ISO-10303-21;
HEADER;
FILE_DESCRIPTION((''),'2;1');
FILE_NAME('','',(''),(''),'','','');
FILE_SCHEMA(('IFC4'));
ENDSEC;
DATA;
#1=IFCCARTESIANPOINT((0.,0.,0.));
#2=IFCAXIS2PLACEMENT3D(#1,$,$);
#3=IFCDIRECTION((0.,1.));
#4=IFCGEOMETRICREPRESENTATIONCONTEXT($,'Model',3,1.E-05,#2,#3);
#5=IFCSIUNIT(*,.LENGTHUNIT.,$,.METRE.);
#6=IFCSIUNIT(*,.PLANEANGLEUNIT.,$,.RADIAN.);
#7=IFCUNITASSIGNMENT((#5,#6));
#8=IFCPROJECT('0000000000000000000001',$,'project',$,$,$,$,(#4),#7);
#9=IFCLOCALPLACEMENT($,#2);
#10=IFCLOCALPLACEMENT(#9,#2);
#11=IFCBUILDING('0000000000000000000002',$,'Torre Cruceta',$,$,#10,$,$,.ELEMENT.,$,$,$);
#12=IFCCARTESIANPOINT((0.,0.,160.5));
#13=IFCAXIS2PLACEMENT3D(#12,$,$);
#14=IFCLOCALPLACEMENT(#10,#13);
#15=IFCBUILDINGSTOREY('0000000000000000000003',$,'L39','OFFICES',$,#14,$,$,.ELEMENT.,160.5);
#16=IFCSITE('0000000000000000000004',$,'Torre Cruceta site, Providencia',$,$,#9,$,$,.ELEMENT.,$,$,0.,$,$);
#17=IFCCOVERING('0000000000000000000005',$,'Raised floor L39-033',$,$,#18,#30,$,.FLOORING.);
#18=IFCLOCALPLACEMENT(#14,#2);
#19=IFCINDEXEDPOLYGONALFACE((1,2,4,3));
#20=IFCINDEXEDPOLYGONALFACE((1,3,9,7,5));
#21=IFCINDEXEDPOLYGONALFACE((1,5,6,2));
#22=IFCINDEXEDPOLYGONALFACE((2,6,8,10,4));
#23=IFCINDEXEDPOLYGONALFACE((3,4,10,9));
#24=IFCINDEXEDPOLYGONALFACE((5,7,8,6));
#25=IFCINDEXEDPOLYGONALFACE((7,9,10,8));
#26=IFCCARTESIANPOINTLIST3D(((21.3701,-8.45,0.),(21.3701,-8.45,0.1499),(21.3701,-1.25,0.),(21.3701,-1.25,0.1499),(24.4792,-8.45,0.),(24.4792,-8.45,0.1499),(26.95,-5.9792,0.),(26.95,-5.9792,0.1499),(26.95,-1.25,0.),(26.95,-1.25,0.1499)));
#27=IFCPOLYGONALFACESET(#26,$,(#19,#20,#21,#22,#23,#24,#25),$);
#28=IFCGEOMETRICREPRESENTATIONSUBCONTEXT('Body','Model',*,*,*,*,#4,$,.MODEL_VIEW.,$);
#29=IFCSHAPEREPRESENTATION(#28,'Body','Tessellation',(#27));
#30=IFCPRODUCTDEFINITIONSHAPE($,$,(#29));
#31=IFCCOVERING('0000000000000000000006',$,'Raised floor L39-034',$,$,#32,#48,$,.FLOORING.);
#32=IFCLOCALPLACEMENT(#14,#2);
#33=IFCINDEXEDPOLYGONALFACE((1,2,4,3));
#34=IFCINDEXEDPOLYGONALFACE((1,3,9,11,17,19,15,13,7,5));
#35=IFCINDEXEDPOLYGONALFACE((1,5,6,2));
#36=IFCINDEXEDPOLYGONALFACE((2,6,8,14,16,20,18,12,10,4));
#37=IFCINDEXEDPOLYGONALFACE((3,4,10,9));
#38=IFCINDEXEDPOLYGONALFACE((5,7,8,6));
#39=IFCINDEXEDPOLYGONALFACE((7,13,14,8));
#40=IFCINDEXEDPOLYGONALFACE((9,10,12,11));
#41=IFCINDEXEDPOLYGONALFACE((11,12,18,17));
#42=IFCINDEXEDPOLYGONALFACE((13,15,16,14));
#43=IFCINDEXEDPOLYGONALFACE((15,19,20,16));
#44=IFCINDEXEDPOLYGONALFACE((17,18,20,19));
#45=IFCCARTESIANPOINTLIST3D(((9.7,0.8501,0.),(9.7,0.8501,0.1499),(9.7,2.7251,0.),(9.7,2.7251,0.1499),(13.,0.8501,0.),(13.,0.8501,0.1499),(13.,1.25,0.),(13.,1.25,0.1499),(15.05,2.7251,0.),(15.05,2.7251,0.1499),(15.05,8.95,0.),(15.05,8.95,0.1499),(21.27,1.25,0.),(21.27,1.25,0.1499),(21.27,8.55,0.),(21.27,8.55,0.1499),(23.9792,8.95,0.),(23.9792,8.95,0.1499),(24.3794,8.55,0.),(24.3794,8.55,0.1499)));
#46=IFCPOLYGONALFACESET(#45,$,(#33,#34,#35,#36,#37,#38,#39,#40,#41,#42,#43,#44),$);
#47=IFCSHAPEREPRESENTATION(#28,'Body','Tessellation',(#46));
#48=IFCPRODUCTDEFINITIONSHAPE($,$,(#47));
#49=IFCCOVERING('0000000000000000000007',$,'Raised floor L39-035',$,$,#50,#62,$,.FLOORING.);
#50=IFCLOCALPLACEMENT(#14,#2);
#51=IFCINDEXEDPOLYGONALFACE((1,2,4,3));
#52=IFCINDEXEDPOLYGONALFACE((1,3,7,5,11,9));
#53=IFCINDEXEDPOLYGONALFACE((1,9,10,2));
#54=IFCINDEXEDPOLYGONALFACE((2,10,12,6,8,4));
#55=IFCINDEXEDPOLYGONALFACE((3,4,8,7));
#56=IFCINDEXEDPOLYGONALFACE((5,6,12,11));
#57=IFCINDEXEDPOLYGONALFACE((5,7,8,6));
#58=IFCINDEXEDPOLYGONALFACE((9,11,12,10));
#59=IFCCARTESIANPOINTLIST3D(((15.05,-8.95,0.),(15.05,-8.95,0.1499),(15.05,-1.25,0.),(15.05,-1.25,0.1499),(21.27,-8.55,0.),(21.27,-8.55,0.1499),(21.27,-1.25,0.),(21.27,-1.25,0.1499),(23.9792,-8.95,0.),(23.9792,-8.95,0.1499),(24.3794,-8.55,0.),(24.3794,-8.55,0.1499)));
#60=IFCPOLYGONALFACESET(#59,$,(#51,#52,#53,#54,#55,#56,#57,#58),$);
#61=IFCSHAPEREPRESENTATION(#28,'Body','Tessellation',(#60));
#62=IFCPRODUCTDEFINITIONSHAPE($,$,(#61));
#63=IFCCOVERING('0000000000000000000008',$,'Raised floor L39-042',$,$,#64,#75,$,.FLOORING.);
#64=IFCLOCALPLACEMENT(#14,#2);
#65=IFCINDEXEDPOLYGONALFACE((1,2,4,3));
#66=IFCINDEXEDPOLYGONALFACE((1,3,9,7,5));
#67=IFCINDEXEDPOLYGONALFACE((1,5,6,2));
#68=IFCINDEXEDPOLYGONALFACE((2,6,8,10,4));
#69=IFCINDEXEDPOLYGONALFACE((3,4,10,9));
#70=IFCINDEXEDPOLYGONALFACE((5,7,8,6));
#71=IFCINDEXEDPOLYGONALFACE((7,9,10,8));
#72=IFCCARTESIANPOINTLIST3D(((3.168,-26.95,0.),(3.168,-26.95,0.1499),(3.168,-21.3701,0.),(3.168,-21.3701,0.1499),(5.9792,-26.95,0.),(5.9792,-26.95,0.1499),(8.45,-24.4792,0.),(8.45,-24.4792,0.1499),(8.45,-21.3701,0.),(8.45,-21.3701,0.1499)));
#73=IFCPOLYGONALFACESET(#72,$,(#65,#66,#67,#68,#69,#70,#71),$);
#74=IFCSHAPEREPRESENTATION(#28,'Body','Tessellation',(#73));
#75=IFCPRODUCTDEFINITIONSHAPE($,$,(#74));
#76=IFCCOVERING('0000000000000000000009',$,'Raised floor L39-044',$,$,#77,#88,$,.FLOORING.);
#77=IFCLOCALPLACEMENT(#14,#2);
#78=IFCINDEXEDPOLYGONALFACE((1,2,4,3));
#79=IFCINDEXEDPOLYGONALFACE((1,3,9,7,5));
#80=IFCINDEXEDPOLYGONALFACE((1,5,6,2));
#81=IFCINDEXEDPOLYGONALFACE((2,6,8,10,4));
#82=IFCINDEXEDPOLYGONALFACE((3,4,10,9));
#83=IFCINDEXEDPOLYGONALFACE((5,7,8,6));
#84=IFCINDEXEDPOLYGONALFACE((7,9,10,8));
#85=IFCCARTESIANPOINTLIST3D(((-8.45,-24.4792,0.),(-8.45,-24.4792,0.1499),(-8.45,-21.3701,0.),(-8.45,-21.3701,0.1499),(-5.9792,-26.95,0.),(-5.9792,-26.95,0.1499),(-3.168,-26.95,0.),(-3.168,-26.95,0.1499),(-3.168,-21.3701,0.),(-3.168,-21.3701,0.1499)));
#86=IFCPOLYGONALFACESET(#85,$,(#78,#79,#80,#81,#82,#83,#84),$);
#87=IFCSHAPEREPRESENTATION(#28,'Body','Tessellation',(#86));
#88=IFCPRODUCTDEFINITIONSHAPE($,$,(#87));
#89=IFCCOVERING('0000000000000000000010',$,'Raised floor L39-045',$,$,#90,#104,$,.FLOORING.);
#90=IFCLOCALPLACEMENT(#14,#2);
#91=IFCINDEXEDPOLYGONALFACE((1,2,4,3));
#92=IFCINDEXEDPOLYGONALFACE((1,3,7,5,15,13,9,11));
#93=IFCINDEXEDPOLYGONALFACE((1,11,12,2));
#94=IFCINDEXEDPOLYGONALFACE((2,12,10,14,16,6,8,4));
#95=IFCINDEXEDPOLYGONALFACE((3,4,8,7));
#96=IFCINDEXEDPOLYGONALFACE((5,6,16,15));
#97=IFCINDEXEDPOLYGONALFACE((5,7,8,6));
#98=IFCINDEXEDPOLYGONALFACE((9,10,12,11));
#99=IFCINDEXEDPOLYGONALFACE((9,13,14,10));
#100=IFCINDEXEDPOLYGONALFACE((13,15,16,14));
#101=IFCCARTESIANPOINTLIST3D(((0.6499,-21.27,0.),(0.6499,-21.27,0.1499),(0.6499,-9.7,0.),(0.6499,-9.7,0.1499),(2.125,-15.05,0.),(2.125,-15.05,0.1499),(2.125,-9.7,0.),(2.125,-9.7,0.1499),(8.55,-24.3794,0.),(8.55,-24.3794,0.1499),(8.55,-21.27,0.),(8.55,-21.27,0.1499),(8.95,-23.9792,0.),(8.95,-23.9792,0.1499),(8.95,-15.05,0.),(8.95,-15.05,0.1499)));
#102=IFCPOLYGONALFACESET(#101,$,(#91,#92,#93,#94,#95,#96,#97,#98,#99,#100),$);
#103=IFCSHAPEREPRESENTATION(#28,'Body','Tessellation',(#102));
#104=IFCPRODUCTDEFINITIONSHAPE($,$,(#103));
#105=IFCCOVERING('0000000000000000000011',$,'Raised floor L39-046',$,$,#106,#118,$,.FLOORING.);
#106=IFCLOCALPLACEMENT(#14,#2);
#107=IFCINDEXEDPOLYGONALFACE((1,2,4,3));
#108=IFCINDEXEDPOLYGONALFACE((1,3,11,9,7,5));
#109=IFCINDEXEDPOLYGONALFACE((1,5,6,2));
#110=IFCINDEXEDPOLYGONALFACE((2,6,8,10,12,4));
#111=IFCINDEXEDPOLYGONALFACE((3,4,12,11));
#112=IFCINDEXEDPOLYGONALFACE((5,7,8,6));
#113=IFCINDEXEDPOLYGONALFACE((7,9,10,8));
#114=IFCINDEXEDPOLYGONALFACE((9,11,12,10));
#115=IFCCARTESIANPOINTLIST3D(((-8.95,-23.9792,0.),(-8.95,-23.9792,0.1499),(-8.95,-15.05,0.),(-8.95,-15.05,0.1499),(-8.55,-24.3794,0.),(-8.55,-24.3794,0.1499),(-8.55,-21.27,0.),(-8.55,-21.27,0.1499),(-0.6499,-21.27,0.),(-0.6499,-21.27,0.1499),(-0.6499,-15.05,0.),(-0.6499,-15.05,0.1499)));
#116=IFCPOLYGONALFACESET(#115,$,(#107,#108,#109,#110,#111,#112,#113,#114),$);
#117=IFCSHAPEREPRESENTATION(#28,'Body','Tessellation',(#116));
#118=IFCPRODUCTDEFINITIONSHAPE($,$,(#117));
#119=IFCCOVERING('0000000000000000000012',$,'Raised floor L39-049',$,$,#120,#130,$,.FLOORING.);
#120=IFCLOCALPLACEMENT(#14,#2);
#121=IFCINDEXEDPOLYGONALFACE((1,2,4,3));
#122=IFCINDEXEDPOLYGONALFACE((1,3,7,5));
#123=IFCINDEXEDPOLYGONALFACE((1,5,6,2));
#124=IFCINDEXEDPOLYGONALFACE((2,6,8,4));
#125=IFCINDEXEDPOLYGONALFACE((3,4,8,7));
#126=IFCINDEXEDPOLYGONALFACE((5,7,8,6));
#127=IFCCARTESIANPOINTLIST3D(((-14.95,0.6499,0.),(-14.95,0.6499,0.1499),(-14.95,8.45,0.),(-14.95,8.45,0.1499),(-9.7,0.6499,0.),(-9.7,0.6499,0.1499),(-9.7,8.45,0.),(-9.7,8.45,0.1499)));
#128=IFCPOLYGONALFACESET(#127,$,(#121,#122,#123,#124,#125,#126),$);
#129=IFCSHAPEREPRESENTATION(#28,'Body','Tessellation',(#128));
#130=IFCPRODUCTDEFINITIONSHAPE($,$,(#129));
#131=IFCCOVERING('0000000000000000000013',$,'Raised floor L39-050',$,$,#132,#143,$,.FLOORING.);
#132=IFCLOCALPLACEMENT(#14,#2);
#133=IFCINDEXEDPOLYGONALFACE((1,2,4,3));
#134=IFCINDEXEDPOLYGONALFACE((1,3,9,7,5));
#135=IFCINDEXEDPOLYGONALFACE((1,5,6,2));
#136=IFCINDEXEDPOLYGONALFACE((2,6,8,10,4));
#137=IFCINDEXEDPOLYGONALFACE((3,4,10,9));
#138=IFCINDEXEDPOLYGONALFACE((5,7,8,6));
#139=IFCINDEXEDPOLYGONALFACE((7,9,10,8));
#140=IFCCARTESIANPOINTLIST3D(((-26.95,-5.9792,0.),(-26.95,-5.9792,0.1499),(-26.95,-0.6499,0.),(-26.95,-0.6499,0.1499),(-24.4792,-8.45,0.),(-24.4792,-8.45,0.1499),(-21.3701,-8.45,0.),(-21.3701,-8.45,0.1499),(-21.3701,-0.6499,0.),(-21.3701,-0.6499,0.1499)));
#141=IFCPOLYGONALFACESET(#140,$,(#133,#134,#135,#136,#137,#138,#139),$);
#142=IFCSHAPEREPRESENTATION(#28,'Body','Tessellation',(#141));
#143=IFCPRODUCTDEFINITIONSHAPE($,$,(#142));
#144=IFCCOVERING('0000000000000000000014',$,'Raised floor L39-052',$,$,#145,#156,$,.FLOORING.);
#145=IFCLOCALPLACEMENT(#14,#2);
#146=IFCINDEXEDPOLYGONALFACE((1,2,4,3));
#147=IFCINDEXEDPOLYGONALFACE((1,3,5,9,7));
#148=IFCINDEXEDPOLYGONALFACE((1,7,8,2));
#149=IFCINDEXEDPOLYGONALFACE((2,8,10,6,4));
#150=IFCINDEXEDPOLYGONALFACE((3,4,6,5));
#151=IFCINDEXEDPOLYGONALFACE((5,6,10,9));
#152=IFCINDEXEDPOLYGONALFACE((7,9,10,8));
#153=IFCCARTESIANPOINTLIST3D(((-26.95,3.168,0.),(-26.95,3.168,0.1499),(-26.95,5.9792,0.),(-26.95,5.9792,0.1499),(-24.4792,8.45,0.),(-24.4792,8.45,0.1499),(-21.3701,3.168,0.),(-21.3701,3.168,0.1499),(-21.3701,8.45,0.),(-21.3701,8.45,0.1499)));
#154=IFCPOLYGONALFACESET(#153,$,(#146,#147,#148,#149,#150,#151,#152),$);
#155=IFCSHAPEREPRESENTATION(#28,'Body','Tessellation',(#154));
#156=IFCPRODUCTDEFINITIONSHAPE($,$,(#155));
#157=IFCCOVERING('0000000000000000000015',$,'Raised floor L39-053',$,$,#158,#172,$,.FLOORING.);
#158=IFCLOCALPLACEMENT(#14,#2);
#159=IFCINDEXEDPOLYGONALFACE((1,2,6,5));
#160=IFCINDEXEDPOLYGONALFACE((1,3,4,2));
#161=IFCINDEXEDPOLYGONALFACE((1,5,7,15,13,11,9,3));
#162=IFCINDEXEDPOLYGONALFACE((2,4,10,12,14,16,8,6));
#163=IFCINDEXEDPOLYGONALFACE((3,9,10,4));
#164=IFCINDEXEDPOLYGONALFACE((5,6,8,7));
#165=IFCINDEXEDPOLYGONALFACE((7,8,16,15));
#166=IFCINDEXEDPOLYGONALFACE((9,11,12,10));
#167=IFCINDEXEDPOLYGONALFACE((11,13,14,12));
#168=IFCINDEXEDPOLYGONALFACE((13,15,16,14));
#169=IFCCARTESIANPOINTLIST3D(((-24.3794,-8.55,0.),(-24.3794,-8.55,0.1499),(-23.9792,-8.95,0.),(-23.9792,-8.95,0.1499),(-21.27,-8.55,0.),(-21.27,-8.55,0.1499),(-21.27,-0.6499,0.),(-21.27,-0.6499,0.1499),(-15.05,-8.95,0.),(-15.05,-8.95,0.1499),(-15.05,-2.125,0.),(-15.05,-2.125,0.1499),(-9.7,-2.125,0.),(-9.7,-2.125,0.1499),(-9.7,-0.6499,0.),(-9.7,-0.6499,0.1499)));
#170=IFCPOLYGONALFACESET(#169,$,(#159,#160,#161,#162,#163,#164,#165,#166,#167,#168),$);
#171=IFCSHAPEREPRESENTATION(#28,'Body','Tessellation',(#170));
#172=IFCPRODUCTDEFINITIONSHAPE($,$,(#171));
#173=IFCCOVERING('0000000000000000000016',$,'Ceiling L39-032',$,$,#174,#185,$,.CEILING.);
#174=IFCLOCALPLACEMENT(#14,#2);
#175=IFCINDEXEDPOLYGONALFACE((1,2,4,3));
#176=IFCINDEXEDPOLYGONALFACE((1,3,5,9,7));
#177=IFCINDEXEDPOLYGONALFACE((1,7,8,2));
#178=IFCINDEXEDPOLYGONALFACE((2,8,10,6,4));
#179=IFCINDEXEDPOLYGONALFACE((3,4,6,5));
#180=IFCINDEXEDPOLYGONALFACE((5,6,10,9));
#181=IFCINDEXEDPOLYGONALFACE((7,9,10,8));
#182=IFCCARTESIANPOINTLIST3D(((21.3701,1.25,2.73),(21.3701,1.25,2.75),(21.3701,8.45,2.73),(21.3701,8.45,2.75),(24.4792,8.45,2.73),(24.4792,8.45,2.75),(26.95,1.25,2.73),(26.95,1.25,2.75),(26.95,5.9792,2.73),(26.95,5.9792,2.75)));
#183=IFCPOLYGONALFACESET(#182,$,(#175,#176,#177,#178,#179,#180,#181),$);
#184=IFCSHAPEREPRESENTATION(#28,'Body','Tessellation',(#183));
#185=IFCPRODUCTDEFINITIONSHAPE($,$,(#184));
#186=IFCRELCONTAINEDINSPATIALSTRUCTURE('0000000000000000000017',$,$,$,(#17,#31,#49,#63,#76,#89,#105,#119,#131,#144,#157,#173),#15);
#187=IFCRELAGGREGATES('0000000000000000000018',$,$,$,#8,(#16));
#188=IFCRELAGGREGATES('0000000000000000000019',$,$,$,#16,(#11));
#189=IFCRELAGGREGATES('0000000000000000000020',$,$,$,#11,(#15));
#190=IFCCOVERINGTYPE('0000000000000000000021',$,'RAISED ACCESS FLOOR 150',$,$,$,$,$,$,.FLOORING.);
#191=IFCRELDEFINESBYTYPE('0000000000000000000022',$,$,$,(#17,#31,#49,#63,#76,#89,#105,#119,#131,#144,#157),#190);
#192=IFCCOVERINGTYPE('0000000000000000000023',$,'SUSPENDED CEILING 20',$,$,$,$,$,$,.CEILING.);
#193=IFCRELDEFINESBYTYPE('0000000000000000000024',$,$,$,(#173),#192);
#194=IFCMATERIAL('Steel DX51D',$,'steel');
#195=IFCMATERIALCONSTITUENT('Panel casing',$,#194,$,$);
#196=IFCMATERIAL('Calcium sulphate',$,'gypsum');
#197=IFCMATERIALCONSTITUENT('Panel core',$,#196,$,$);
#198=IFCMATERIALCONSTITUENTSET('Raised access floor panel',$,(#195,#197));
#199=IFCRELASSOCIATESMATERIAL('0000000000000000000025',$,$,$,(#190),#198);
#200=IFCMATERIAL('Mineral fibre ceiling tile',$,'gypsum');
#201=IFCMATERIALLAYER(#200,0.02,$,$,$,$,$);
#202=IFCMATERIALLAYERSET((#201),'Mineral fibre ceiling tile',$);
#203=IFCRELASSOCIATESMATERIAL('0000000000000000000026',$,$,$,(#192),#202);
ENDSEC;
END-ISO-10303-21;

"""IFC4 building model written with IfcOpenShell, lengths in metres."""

from ifc_helpers import new_model, si_unit, direction, frame, origin, place, context, subcontext, project, spatial, polyline, outline, extrude, material, layer, layer_set, constituent, constituent_set, type_object, element, save


model = new_model("IFC4")

# Units and contexts
model_context = context("Model", 3, precision=1e-05, world=origin(), true_north=direction((0.0, 1.0)))
body_context = subcontext(model_context, "Body", "Model", "MODEL_VIEW")
ifc_project = project(units=[si_unit("LENGTHUNIT", "METRE"), si_unit("PLANEANGLEUNIT", "RADIAN")], contexts=[model_context])

# Site, building, storey
site_placement = place(None, origin())
site = spatial("IfcSite", under=ifc_project, at=site_placement, Name="Torre Cruceta site, Providencia", CompositionType="ELEMENT", RefElevation=0.0)
building_placement = place(site_placement, origin())
building = spatial("IfcBuilding", under=site, at=building_placement, Name="Torre Cruceta", CompositionType="ELEMENT")
storey_placement = place(building_placement, frame((0.0, 0.0, 160.5)))
storey = spatial("IfcBuildingStorey", under=building, at=storey_placement, Name="L39", Description="OFFICES", CompositionType="ELEMENT", Elevation=160.5)

# Coverings
ifc_material_1 = material(Name="Steel DX51D", Category="steel")
ifc_constituent_1 = constituent(ifc_material_1, Name="Panel casing")
ifc_material_2 = material(Name="Calcium sulphate", Category="gypsum")
ifc_constituent_2 = constituent(ifc_material_2, Name="Panel core")
ifc_constituent_set = constituent_set(constituents=[ifc_constituent_1, ifc_constituent_2], Name="Raised access floor panel")
covering_type_1 = type_object("IfcCoveringType", Name="RAISED ACCESS FLOOR 150", PredefinedType="FLOORING", material=ifc_constituent_set)
covering_1_placement = place(storey_placement, origin())
element("IfcCovering", 1, at=covering_1_placement, inside=storey, type_object=covering_type_1, Name="Raised floor L39-033", PredefinedType="FLOORING", context=body_context, shape_type="SweptSolid", body=[
    extrude(outline(polyline([(24.4792, -8.45), (21.3701, -8.45), (21.3701, -1.25), (26.95, -1.25), (26.95, -5.9792), (24.4792, -8.45)])), origin(), (0.0, 0.0, 1.0), 0.1499),
])
covering_2_placement = place(storey_placement, origin())
element("IfcCovering", 2, at=covering_2_placement, inside=storey, type_object=covering_type_1, Name="Raised floor L39-034", PredefinedType="FLOORING", context=body_context, shape_type="SweptSolid", body=[
    extrude(outline(polyline([(9.7, 2.7251), (15.05, 2.7251), (15.05, 8.95), (23.9792, 8.95), (24.3794, 8.55), (21.27, 8.55), (21.27, 1.25), (13.0, 1.25), (13.0, 0.8501), (9.7, 0.8501), (9.7, 2.7251)])), origin(), (0.0, 0.0, 1.0), 0.1499),
])
covering_3_placement = place(storey_placement, origin())
element("IfcCovering", 3, at=covering_3_placement, inside=storey, type_object=covering_type_1, Name="Raised floor L39-035", PredefinedType="FLOORING", context=body_context, shape_type="SweptSolid", body=[
    extrude(outline(polyline([(15.05, -8.95), (15.05, -1.25), (21.27, -1.25), (21.27, -8.55), (24.3794, -8.55), (23.9792, -8.95), (15.05, -8.95)])), origin(), (0.0, 0.0, 1.0), 0.1499),
])
covering_4_placement = place(storey_placement, origin())
element("IfcCovering", 4, at=covering_4_placement, inside=storey, type_object=covering_type_1, Name="Raised floor L39-042", PredefinedType="FLOORING", context=body_context, shape_type="SweptSolid", body=[
    extrude(outline(polyline([(3.168, -26.95), (3.168, -21.3701), (8.45, -21.3701), (8.45, -24.4792), (5.9792, -26.95), (3.168, -26.95)])), origin(), (0.0, 0.0, 1.0), 0.1499),
])
covering_5_placement = place(storey_placement, origin())
element("IfcCovering", 5, at=covering_5_placement, inside=storey, type_object=covering_type_1, Name="Raised floor L39-044", PredefinedType="FLOORING", context=body_context, shape_type="SweptSolid", body=[
    extrude(outline(polyline([(-8.45, -24.4792), (-8.45, -21.3701), (-3.168, -21.3701), (-3.168, -26.95), (-5.9792, -26.95), (-8.45, -24.4792)])), origin(), (0.0, 0.0, 1.0), 0.1499),
])
covering_6_placement = place(storey_placement, origin())
element("IfcCovering", 6, at=covering_6_placement, inside=storey, type_object=covering_type_1, Name="Raised floor L39-045", PredefinedType="FLOORING", context=body_context, shape_type="SweptSolid", body=[
    extrude(outline(polyline([(2.125, -9.7), (2.125, -15.05), (8.95, -15.05), (8.95, -23.9792), (8.55, -24.3794), (8.55, -21.27), (0.6499, -21.27), (0.6499, -9.7), (2.125, -9.7)])), origin(), (0.0, 0.0, 1.0), 0.1499),
])
covering_7_placement = place(storey_placement, origin())
element("IfcCovering", 7, at=covering_7_placement, inside=storey, type_object=covering_type_1, Name="Raised floor L39-046", PredefinedType="FLOORING", context=body_context, shape_type="SweptSolid", body=[
    extrude(outline(polyline([(-8.95, -15.05), (-0.6499, -15.05), (-0.6499, -21.27), (-8.55, -21.27), (-8.55, -24.3794), (-8.95, -23.9792), (-8.95, -15.05)])), origin(), (0.0, 0.0, 1.0), 0.1499),
])
covering_8_placement = place(storey_placement, origin())
element("IfcCovering", 8, at=covering_8_placement, inside=storey, type_object=covering_type_1, Name="Raised floor L39-049", PredefinedType="FLOORING", context=body_context, shape_type="SweptSolid", body=[
    extrude(outline(polyline([(-9.7, 8.45), (-9.7, 0.6499), (-14.95, 0.6499), (-14.95, 8.45), (-9.7, 8.45)])), origin(), (0.0, 0.0, 1.0), 0.1499),
])
covering_9_placement = place(storey_placement, origin())
element("IfcCovering", 9, at=covering_9_placement, inside=storey, type_object=covering_type_1, Name="Raised floor L39-050", PredefinedType="FLOORING", context=body_context, shape_type="SweptSolid", body=[
    extrude(outline(polyline([(-26.95, -0.6499), (-21.3701, -0.6499), (-21.3701, -8.45), (-24.4792, -8.45), (-26.95, -5.9792), (-26.95, -0.6499)])), origin(), (0.0, 0.0, 1.0), 0.1499),
])
covering_10_placement = place(storey_placement, origin())
element("IfcCovering", 10, at=covering_10_placement, inside=storey, type_object=covering_type_1, Name="Raised floor L39-052", PredefinedType="FLOORING", context=body_context, shape_type="SweptSolid", body=[
    extrude(outline(polyline([(-24.4792, 8.45), (-21.3701, 8.45), (-21.3701, 3.168), (-26.95, 3.168), (-26.95, 5.9792), (-24.4792, 8.45)])), origin(), (0.0, 0.0, 1.0), 0.1499),
])
covering_11_placement = place(storey_placement, origin())
element("IfcCovering", 11, at=covering_11_placement, inside=storey, type_object=covering_type_1, Name="Raised floor L39-053", PredefinedType="FLOORING", context=body_context, shape_type="SweptSolid", body=[
    extrude(outline(polyline([(-9.7, -2.125), (-15.05, -2.125), (-15.05, -8.95), (-23.9792, -8.95), (-24.3794, -8.55), (-21.27, -8.55), (-21.27, -0.6499), (-9.7, -0.6499), (-9.7, -2.125)])), origin(), (0.0, 0.0, 1.0), 0.1499),
])
ifc_material_3 = material(Name="Mineral fibre ceiling tile", Category="gypsum")
ifc_layer = layer(ifc_material_3, 0.02)
ifc_layer_set = layer_set([ifc_layer], Name="Mineral fibre ceiling tile")
covering_type_2 = type_object("IfcCoveringType", Name="SUSPENDED CEILING 20", PredefinedType="CEILING", material=ifc_layer_set)
covering_12_placement = place(storey_placement, frame((0.0, 0.0, 2.73)))
element("IfcCovering", 12, at=covering_12_placement, inside=storey, type_object=covering_type_2, Name="Ceiling L39-032", PredefinedType="CEILING", context=body_context, shape_type="SweptSolid", body=[
    extrude(outline(polyline([(26.95, 1.25), (21.3701, 1.25), (21.3701, 8.45), (24.4792, 8.45), (26.95, 5.9792), (26.95, 1.25)])), origin(), (0.0, 0.0, 1.0), 0.02),
])

save(model, "model.ifc")
